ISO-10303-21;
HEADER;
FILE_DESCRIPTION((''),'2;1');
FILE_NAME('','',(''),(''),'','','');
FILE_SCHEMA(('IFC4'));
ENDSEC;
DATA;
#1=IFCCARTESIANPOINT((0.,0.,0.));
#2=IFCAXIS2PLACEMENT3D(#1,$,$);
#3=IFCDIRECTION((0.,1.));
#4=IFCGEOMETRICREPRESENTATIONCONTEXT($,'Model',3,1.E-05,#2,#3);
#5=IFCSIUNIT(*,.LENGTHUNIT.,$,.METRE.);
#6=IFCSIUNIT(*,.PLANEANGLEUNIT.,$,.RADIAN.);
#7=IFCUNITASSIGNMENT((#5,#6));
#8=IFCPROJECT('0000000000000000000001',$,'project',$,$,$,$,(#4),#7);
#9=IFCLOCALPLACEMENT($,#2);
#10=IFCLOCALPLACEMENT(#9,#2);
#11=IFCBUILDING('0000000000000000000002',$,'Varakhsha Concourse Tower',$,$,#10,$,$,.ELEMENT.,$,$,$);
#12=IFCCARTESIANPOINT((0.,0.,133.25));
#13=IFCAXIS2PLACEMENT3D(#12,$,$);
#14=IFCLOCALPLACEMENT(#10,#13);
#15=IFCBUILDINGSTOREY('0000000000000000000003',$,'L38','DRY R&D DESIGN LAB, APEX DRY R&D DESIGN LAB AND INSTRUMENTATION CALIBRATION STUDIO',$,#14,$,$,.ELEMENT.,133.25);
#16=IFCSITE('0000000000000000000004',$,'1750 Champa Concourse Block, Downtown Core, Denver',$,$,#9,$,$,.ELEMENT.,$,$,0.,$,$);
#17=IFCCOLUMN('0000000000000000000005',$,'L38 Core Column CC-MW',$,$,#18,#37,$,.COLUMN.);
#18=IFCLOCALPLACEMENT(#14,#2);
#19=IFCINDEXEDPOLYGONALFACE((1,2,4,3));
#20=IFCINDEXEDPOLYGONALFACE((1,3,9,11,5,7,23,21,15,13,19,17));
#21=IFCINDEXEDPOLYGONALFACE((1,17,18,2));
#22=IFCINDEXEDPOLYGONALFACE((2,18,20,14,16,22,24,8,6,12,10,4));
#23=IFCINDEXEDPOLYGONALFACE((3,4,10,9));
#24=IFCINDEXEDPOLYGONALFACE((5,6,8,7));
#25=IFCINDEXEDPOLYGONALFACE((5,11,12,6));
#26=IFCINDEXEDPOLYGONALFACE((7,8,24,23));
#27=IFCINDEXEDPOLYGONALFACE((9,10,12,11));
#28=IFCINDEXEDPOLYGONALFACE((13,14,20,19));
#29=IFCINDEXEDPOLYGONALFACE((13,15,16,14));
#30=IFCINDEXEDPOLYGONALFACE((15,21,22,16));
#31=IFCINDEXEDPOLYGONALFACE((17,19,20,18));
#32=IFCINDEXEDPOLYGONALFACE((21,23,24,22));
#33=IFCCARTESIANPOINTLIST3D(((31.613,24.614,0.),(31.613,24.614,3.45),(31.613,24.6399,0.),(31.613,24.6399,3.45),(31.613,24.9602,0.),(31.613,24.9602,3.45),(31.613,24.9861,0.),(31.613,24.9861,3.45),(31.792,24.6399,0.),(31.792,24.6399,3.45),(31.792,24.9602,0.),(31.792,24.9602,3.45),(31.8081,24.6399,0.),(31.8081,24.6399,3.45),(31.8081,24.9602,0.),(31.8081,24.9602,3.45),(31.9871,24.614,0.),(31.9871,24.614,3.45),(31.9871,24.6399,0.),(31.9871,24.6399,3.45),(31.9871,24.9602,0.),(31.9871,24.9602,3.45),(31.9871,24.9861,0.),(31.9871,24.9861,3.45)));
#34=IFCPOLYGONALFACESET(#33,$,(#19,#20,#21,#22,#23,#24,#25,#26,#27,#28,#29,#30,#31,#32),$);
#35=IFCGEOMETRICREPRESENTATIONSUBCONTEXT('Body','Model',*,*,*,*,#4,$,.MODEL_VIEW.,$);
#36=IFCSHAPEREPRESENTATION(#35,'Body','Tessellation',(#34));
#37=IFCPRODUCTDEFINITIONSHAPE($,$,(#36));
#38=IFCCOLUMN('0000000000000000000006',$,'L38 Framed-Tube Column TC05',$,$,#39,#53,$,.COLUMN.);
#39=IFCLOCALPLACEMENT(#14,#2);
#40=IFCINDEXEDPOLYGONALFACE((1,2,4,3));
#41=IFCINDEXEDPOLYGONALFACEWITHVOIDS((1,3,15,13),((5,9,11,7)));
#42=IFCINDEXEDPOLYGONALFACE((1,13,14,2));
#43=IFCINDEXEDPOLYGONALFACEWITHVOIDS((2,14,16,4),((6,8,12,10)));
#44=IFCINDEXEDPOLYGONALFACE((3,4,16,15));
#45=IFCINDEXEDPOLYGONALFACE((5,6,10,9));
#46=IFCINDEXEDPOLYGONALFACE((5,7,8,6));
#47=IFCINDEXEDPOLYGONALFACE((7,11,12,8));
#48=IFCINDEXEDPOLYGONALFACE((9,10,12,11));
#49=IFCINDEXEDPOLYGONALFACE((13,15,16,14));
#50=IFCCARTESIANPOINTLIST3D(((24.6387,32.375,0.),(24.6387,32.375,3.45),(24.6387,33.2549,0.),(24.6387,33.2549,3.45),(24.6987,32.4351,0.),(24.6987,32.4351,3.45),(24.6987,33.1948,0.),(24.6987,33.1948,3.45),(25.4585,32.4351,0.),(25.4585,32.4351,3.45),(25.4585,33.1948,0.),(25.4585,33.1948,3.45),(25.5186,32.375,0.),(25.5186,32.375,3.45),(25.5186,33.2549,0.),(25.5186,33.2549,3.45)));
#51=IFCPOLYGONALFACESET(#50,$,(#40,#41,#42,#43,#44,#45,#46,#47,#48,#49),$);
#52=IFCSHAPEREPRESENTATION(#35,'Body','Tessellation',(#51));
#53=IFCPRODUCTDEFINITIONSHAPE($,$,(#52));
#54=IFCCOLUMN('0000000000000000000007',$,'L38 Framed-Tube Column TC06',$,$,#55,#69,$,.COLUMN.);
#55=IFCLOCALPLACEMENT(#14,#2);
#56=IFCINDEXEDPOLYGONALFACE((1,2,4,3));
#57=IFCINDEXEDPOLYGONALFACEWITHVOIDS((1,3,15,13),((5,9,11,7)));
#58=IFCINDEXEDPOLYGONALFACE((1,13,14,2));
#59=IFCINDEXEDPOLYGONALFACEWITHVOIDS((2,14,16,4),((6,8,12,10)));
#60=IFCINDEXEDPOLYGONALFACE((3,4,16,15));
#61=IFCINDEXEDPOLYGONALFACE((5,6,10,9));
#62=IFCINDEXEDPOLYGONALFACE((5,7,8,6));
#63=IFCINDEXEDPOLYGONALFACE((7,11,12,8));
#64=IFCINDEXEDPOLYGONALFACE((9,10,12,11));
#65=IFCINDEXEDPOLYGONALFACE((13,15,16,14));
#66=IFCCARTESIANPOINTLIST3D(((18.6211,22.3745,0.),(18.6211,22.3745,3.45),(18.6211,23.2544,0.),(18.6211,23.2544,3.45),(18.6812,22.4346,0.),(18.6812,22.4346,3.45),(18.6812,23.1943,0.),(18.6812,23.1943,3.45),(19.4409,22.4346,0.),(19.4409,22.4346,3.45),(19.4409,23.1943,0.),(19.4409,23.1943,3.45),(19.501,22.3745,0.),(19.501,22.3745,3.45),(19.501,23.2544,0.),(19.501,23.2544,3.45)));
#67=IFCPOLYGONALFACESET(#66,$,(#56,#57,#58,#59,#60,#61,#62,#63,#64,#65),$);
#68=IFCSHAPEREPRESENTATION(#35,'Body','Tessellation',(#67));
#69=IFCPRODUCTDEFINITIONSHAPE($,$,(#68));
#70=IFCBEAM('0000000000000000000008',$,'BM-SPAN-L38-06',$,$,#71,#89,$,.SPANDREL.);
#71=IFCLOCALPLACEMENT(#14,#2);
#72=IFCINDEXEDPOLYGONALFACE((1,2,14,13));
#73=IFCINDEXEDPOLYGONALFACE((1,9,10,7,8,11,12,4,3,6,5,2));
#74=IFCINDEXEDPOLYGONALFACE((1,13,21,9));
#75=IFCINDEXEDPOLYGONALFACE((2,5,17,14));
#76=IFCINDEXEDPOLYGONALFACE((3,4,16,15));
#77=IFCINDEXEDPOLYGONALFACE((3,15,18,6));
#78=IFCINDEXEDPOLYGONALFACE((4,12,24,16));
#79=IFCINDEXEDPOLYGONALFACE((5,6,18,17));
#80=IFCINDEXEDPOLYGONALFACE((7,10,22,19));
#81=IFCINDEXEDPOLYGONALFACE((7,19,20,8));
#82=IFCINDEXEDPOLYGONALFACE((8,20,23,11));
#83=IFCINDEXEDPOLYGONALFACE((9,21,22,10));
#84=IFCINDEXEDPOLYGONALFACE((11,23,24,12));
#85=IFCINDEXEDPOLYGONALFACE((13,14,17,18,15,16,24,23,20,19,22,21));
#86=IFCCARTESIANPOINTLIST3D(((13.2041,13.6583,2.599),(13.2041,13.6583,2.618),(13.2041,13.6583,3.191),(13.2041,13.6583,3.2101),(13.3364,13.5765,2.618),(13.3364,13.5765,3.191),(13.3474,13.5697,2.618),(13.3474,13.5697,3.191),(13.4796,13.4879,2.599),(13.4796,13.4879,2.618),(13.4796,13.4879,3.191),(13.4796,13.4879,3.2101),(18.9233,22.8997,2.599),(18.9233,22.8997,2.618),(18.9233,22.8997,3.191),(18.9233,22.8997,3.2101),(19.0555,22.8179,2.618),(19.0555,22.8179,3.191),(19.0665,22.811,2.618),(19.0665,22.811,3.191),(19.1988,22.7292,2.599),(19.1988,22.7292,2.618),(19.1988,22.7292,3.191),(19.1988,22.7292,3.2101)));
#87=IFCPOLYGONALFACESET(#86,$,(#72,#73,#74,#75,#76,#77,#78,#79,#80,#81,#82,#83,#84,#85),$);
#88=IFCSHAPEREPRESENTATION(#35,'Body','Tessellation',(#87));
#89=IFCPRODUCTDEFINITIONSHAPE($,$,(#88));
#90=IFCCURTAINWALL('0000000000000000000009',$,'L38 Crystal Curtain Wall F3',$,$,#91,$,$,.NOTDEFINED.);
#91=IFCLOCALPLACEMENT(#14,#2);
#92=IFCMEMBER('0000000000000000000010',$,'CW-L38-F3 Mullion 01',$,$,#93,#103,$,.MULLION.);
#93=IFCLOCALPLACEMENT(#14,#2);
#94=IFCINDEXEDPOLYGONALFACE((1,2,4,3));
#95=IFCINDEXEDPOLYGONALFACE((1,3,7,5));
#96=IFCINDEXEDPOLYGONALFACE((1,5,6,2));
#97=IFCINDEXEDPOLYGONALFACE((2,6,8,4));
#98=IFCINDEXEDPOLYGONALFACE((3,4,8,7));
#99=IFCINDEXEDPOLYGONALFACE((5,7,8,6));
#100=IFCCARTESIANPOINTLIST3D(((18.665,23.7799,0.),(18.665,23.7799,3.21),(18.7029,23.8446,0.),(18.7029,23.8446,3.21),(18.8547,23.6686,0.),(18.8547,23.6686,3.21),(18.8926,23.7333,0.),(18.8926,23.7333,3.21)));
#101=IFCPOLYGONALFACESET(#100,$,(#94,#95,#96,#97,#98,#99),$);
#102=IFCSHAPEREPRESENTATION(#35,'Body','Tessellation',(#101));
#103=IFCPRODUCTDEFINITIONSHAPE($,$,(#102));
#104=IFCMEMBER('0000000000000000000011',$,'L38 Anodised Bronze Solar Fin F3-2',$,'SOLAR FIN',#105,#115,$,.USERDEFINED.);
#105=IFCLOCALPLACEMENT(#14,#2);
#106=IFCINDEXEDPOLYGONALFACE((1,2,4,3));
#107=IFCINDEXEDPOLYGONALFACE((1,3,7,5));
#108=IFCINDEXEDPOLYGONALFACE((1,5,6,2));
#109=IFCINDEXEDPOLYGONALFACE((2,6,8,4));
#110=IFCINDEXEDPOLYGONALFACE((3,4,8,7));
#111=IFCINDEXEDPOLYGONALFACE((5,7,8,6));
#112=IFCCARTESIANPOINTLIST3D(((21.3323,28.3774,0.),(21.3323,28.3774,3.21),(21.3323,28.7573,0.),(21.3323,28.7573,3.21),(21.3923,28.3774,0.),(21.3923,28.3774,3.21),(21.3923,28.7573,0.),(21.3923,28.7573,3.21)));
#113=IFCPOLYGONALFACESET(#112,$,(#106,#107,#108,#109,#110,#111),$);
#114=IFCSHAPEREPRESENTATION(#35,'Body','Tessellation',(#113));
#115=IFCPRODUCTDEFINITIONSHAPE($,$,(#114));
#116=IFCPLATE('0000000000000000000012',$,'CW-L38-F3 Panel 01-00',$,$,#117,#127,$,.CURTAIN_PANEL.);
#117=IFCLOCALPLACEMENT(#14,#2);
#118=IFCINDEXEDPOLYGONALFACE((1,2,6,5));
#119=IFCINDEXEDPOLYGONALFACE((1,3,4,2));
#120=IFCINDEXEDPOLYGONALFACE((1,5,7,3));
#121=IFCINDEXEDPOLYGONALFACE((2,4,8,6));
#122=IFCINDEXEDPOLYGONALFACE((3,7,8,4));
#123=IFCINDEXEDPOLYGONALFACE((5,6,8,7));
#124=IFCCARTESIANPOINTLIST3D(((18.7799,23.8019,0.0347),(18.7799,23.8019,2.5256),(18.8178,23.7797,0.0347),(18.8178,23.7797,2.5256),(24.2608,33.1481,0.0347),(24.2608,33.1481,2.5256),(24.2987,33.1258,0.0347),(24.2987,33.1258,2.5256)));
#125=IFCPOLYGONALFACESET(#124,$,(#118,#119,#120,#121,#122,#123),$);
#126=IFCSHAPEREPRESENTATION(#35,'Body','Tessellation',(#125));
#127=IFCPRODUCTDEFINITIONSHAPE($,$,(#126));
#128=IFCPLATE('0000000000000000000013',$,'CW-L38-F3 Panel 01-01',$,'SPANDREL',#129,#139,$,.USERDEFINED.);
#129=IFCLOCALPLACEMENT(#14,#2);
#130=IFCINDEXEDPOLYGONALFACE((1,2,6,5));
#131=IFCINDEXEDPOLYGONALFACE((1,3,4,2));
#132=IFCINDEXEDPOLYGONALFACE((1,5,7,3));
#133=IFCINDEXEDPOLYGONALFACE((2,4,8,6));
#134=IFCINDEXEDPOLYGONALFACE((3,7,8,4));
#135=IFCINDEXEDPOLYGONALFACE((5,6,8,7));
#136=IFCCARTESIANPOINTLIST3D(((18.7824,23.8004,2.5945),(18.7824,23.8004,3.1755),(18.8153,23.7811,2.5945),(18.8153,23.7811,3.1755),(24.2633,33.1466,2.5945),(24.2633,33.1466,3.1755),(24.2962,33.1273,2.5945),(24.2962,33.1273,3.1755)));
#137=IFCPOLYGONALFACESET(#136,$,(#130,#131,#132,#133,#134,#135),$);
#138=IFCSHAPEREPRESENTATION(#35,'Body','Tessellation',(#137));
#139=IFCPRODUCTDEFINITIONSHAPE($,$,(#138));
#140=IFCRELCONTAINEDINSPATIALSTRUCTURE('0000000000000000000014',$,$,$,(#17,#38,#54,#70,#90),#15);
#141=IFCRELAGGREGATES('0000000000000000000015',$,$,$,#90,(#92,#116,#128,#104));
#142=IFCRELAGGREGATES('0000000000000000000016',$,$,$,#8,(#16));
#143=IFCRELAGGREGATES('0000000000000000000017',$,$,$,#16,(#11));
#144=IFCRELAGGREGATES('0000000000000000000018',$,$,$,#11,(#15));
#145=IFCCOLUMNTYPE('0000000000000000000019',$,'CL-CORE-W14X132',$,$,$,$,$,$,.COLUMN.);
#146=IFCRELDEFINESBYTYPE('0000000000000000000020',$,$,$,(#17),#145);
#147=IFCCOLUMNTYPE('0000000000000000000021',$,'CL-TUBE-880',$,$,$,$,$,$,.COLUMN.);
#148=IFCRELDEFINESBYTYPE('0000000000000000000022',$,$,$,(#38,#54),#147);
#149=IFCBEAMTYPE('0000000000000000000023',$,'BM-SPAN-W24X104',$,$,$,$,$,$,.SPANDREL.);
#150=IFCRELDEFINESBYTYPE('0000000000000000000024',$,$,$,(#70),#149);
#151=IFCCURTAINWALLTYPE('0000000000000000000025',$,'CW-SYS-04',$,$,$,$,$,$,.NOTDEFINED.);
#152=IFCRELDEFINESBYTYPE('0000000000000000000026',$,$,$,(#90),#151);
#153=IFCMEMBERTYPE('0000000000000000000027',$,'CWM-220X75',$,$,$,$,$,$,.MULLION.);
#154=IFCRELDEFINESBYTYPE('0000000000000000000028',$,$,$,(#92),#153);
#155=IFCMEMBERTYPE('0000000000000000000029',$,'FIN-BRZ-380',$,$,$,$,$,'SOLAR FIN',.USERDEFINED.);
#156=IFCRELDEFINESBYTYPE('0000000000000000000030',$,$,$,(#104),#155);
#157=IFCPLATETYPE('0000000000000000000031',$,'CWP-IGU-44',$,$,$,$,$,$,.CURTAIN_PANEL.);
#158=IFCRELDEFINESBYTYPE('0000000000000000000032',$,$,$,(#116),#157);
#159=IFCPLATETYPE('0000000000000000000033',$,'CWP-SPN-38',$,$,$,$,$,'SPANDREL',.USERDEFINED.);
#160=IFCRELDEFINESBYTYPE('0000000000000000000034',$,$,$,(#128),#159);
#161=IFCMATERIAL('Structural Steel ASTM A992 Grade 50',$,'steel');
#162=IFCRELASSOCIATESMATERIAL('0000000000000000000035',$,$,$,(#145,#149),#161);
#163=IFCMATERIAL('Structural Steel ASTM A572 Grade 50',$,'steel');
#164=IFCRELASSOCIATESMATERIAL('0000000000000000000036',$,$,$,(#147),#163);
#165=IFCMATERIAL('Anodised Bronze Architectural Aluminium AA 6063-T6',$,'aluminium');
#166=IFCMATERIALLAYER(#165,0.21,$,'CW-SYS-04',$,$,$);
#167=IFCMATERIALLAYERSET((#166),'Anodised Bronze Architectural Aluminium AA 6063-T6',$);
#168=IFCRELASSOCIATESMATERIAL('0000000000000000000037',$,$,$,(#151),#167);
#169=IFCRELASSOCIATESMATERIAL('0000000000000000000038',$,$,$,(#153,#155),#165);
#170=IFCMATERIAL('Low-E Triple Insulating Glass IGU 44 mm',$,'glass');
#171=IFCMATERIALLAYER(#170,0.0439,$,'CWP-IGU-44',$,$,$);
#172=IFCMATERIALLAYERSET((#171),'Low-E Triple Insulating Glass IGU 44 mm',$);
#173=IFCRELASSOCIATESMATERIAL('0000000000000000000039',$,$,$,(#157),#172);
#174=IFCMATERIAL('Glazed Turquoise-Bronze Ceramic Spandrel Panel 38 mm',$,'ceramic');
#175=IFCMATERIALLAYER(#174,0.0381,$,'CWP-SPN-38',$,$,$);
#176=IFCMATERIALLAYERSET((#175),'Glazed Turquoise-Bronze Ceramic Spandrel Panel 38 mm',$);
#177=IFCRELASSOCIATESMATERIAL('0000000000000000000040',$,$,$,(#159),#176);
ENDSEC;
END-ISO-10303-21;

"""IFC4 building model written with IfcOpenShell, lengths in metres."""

from ifc_helpers import new_model, si_unit, direction, frame, origin, origin_2d, place, context, subcontext, project, spatial, rectangle, hollow_rectangle, i_section, extrude, source, transform, mapped, material, layer, layer_set, material_profile, profile_set, type_object, type_shapes, element, aggregate, save


model = new_model("IFC4")

# Units and contexts
model_context = context("Model", 3, precision=1e-05, world=origin(), true_north=direction((0.0, 1.0)))
body_context = subcontext(model_context, "Body", "Model", "MODEL_VIEW")
ifc_project = project(units=[si_unit("LENGTHUNIT", "METRE"), si_unit("PLANEANGLEUNIT", "RADIAN")], contexts=[model_context])

# Site, building, storey
site_placement = place(None, origin())
site = spatial("IfcSite", under=ifc_project, at=site_placement, Name="1750 Champa Concourse Block, Downtown Core, Denver", CompositionType="ELEMENT", RefElevation=0.0)
building_placement = place(site_placement, origin())
building = spatial("IfcBuilding", under=site, at=building_placement, Name="Varakhsha Concourse Tower", CompositionType="ELEMENT")
storey_placement = place(building_placement, frame((0.0, 0.0, 133.25)))
storey = spatial("IfcBuildingStorey", under=building, at=storey_placement, Name="L38", Description="DRY R&D DESIGN LAB, APEX DRY R&D DESIGN LAB AND INSTRUMENTATION CALIBRATION STUDIO", CompositionType="ELEMENT", Elevation=133.25)

# Columns
ifc_material_1 = material(Name="Structural Steel ASTM A992 Grade 50", Category="steel")
ifc_material_profile_1 = material_profile(ifc_material_1, i_section(OverallWidth=0.374, OverallDepth=0.3721, WebThickness=0.0161, FlangeThickness=0.0259, at=origin_2d()), Name="W14X132")
ifc_profile_set_1 = profile_set([ifc_material_profile_1], Name="Structural Steel ASTM A992 Grade 50")
column_type_1 = type_object("IfcColumnType", Name="CL-CORE-W14X132", PredefinedType="COLUMN", material=ifc_profile_set_1)
column_placement = place(storey_placement, frame((31.8, 24.8, 0.0), z_axis=(0.0, 0.0, 1.0), x_axis=(1.0, 0.0, 0.0)))
element("IfcColumn", 1, at=column_placement, inside=storey, type_object=column_type_1, Name="L38 Core Column CC-MW", PredefinedType="COLUMN", context=body_context, shape_type="SweptSolid", body=[
    extrude(i_section(OverallWidth=0.374, OverallDepth=0.3721, WebThickness=0.0161, FlangeThickness=0.0259, at=origin_2d()), origin(), (0.0, 0.0, 1.0), 3.45),
])
ifc_material_2 = material(Name="Structural Steel ASTM A572 Grade 50", Category="steel")
ifc_material_profile_2 = material_profile(ifc_material_2, hollow_rectangle(XDim=0.8799, YDim=0.8799, WallThickness=0.0601, at=origin_2d()), Name="BOX 880x880x60")
ifc_profile_set_2 = profile_set([ifc_material_profile_2], Name="Structural Steel ASTM A572 Grade 50")
column_type_2 = type_object("IfcColumnType", Name="CL-TUBE-880", PredefinedType="COLUMN", material=ifc_profile_set_2)
for number, where, z_axis, x_axis, name in (
    (2, (25.0786, 32.8149, 0.0), (0.0, 0.0, 1.0), (1.0, 0.0, 0.0), "L38 Framed-Tube Column TC05"),
    (3, (19.061, 22.8145, 0.0), (0.0, 0.0, 1.0), (1.0, 0.0, 0.0), "L38 Framed-Tube Column TC06"),
):
    element("IfcColumn", number, at=place(storey_placement, frame(where, z_axis=z_axis, x_axis=x_axis)), inside=storey, type_object=column_type_2, Name=name, PredefinedType="COLUMN", context=body_context, shape_type="SweptSolid", body=[
        extrude(hollow_rectangle(XDim=0.8799, YDim=0.8799, WallThickness=0.0601, at=origin_2d()), origin(), (0.0, 0.0, 1.0), 3.45),
    ])

# Beam
ifc_material_profile_3 = material_profile(ifc_material_1, i_section(OverallWidth=0.324, OverallDepth=0.6111, WebThickness=0.0129, FlangeThickness=0.019, at=origin_2d()), Name="W24X104")
ifc_profile_set_3 = profile_set([ifc_material_profile_3], Name="Structural Steel ASTM A992 Grade 50")
beam_type = type_object("IfcBeamType", Name="BM-SPAN-W24X104", PredefinedType="SPANDREL", material=ifc_profile_set_3)
beam_placement = place(storey_placement, frame((19.061, 22.8145, 2.9045), z_axis=(-0.526244, -0.850334, 0.0), x_axis=(0.850334, -0.526244, 0.0)))
element("IfcBeam", 4, at=beam_placement, inside=storey, type_object=beam_type, Name="BM-SPAN-L38-06", PredefinedType="SPANDREL", context=body_context, shape_type="SweptSolid", body=[
    extrude(i_section(OverallWidth=0.324, OverallDepth=0.6111, WebThickness=0.0129, FlangeThickness=0.019, at=origin_2d()), origin(), (0.0, 0.0, 1.0), 10.8679),
])

# Curtain wall, members, plates
ifc_material_3 = material(Name="Anodised Bronze Architectural Aluminium AA 6063-T6", Category="aluminium")
ifc_layer_1 = layer(ifc_material_3, 0.21, Name="CW-SYS-04")
ifc_layer_set_1 = layer_set([ifc_layer_1], Name="Anodised Bronze Architectural Aluminium AA 6063-T6")
curtain_wall_type = type_object("IfcCurtainWallType", Name="CW-SYS-04", PredefinedType="NOTDEFINED", material=ifc_layer_set_1)
curtain_wall_placement = place(storey_placement, origin())
curtain_wall = element("IfcCurtainWall", 5, at=curtain_wall_placement, inside=storey, type_object=curtain_wall_type, Name="L38 Crystal Curtain Wall F3", PredefinedType="NOTDEFINED")
ifc_material_profile_4 = material_profile(ifc_material_3, rectangle(XDim=0.075, YDim=0.22, at=origin_2d()), Name="CWM-220X75")
ifc_profile_set_4 = profile_set([ifc_material_profile_4], Name="Anodised Bronze Architectural Aluminium AA 6063-T6")
member_type_1 = type_object("IfcMemberType", Name="CWM-220X75", PredefinedType="MULLION", material=ifc_profile_set_4)
shared_shape_1 = source(origin(), body_context, "Body", "SweptSolid", [
    extrude(rectangle(XDim=0.075, YDim=0.22, at=origin_2d()), origin(), (0.0, 0.0, 1.0), 3.21),
])
type_shapes(member_type_1, [shared_shape_1])
member_1_placement = place(storey_placement, frame((18.7788, 23.7566, 0.0), z_axis=(0.0, 0.0, 1.0), x_axis=(0.505862, 0.862614, 0.0)))
member_1 = element("IfcMember", 6, at=member_1_placement, type_object=member_type_1, Name="CW-L38-F3 Mullion 01", PredefinedType="MULLION", context=body_context, shape_type="MappedRepresentation", body=[
    mapped(shared_shape_1, transform((0.0, 0.0, 0.0), scale=1.0)),
])
ifc_material_profile_5 = material_profile(ifc_material_3, rectangle(XDim=0.0601, YDim=0.3799, at=origin_2d()), Name="FIN-BRZ-380")
ifc_profile_set_5 = profile_set([ifc_material_profile_5], Name="Anodised Bronze Architectural Aluminium AA 6063-T6")
member_type_2 = type_object("IfcMemberType", Name="FIN-BRZ-380", ElementType="SOLAR FIN", PredefinedType="USERDEFINED", material=ifc_profile_set_5)
shared_shape_2 = source(origin(), body_context, "Body", "SweptSolid", [
    extrude(rectangle(XDim=0.0601, YDim=0.3799, at=origin_2d()), origin(), (0.0, 0.0, 1.0), 3.21),
])
type_shapes(member_type_2, [shared_shape_2])
member_2_placement = place(storey_placement, frame((21.3623, 28.5674, 0.0), z_axis=(0.0, 0.0, 1.0), x_axis=(1.0, 0.0, 0.0)))
member_2 = element("IfcMember", 7, at=member_2_placement, type_object=member_type_2, Name="L38 Anodised Bronze Solar Fin F3-2", ObjectType="SOLAR FIN", PredefinedType="USERDEFINED", context=body_context, shape_type="MappedRepresentation", body=[
    mapped(shared_shape_2, transform((0.0, 0.0, 0.0), scale=1.0)),
])
ifc_material_4 = material(Name="Low-E Triple Insulating Glass IGU 44 mm", Category="glass")
ifc_layer_2 = layer(ifc_material_4, 0.0439, Name="CWP-IGU-44")
ifc_layer_set_2 = layer_set([ifc_layer_2], Name="Low-E Triple Insulating Glass IGU 44 mm")
plate_type_1 = type_object("IfcPlateType", Name="CWP-IGU-44", PredefinedType="CURTAIN_PANEL", material=ifc_layer_set_2)
shared_shape_3 = source(origin(), body_context, "Body", "SweptSolid", [
    extrude(rectangle(XDim=10.8347, YDim=0.0439, at=origin_2d()), origin(), (0.0, 0.0, 1.0), 2.491),
])
type_shapes(plate_type_1, [shared_shape_3])
plate_1_placement = place(storey_placement, frame((21.5393, 28.4639, 0.0347), z_axis=(0.0, 0.0, 1.0), x_axis=(0.505862, 0.862614, 0.0)))
plate_1 = element("IfcPlate", 8, at=plate_1_placement, type_object=plate_type_1, Name="CW-L38-F3 Panel 01-00", PredefinedType="CURTAIN_PANEL", context=body_context, shape_type="MappedRepresentation", body=[
    mapped(shared_shape_3, transform((0.0, 0.0, 0.0), scale=1.0)),
])
ifc_material_5 = material(Name="Glazed Turquoise-Bronze Ceramic Spandrel Panel 38 mm", Category="ceramic")
ifc_layer_3 = layer(ifc_material_5, 0.0381, Name="CWP-SPN-38")
ifc_layer_set_3 = layer_set([ifc_layer_3], Name="Glazed Turquoise-Bronze Ceramic Spandrel Panel 38 mm")
plate_type_2 = type_object("IfcPlateType", Name="CWP-SPN-38", ElementType="SPANDREL", PredefinedType="USERDEFINED", material=ifc_layer_set_3)
shared_shape_4 = source(origin(), body_context, "Body", "SweptSolid", [
    extrude(rectangle(XDim=10.8347, YDim=0.0381, at=origin_2d()), origin(), (0.0, 0.0, 1.0), 0.5811),
])
type_shapes(plate_type_2, [shared_shape_4])
plate_2_placement = place(storey_placement, frame((21.5393, 28.4639, 2.5945), z_axis=(0.0, 0.0, 1.0), x_axis=(0.505862, 0.862614, 0.0)))
plate_2 = element("IfcPlate", 9, at=plate_2_placement, type_object=plate_type_2, Name="CW-L38-F3 Panel 01-01", ObjectType="SPANDREL", PredefinedType="USERDEFINED", context=body_context, shape_type="MappedRepresentation", body=[
    mapped(shared_shape_4, transform((0.0, 0.0, 0.0), scale=1.0)),
])
aggregate(curtain_wall, [member_1, plate_1, plate_2, member_2])

save(model, "model.ifc")
